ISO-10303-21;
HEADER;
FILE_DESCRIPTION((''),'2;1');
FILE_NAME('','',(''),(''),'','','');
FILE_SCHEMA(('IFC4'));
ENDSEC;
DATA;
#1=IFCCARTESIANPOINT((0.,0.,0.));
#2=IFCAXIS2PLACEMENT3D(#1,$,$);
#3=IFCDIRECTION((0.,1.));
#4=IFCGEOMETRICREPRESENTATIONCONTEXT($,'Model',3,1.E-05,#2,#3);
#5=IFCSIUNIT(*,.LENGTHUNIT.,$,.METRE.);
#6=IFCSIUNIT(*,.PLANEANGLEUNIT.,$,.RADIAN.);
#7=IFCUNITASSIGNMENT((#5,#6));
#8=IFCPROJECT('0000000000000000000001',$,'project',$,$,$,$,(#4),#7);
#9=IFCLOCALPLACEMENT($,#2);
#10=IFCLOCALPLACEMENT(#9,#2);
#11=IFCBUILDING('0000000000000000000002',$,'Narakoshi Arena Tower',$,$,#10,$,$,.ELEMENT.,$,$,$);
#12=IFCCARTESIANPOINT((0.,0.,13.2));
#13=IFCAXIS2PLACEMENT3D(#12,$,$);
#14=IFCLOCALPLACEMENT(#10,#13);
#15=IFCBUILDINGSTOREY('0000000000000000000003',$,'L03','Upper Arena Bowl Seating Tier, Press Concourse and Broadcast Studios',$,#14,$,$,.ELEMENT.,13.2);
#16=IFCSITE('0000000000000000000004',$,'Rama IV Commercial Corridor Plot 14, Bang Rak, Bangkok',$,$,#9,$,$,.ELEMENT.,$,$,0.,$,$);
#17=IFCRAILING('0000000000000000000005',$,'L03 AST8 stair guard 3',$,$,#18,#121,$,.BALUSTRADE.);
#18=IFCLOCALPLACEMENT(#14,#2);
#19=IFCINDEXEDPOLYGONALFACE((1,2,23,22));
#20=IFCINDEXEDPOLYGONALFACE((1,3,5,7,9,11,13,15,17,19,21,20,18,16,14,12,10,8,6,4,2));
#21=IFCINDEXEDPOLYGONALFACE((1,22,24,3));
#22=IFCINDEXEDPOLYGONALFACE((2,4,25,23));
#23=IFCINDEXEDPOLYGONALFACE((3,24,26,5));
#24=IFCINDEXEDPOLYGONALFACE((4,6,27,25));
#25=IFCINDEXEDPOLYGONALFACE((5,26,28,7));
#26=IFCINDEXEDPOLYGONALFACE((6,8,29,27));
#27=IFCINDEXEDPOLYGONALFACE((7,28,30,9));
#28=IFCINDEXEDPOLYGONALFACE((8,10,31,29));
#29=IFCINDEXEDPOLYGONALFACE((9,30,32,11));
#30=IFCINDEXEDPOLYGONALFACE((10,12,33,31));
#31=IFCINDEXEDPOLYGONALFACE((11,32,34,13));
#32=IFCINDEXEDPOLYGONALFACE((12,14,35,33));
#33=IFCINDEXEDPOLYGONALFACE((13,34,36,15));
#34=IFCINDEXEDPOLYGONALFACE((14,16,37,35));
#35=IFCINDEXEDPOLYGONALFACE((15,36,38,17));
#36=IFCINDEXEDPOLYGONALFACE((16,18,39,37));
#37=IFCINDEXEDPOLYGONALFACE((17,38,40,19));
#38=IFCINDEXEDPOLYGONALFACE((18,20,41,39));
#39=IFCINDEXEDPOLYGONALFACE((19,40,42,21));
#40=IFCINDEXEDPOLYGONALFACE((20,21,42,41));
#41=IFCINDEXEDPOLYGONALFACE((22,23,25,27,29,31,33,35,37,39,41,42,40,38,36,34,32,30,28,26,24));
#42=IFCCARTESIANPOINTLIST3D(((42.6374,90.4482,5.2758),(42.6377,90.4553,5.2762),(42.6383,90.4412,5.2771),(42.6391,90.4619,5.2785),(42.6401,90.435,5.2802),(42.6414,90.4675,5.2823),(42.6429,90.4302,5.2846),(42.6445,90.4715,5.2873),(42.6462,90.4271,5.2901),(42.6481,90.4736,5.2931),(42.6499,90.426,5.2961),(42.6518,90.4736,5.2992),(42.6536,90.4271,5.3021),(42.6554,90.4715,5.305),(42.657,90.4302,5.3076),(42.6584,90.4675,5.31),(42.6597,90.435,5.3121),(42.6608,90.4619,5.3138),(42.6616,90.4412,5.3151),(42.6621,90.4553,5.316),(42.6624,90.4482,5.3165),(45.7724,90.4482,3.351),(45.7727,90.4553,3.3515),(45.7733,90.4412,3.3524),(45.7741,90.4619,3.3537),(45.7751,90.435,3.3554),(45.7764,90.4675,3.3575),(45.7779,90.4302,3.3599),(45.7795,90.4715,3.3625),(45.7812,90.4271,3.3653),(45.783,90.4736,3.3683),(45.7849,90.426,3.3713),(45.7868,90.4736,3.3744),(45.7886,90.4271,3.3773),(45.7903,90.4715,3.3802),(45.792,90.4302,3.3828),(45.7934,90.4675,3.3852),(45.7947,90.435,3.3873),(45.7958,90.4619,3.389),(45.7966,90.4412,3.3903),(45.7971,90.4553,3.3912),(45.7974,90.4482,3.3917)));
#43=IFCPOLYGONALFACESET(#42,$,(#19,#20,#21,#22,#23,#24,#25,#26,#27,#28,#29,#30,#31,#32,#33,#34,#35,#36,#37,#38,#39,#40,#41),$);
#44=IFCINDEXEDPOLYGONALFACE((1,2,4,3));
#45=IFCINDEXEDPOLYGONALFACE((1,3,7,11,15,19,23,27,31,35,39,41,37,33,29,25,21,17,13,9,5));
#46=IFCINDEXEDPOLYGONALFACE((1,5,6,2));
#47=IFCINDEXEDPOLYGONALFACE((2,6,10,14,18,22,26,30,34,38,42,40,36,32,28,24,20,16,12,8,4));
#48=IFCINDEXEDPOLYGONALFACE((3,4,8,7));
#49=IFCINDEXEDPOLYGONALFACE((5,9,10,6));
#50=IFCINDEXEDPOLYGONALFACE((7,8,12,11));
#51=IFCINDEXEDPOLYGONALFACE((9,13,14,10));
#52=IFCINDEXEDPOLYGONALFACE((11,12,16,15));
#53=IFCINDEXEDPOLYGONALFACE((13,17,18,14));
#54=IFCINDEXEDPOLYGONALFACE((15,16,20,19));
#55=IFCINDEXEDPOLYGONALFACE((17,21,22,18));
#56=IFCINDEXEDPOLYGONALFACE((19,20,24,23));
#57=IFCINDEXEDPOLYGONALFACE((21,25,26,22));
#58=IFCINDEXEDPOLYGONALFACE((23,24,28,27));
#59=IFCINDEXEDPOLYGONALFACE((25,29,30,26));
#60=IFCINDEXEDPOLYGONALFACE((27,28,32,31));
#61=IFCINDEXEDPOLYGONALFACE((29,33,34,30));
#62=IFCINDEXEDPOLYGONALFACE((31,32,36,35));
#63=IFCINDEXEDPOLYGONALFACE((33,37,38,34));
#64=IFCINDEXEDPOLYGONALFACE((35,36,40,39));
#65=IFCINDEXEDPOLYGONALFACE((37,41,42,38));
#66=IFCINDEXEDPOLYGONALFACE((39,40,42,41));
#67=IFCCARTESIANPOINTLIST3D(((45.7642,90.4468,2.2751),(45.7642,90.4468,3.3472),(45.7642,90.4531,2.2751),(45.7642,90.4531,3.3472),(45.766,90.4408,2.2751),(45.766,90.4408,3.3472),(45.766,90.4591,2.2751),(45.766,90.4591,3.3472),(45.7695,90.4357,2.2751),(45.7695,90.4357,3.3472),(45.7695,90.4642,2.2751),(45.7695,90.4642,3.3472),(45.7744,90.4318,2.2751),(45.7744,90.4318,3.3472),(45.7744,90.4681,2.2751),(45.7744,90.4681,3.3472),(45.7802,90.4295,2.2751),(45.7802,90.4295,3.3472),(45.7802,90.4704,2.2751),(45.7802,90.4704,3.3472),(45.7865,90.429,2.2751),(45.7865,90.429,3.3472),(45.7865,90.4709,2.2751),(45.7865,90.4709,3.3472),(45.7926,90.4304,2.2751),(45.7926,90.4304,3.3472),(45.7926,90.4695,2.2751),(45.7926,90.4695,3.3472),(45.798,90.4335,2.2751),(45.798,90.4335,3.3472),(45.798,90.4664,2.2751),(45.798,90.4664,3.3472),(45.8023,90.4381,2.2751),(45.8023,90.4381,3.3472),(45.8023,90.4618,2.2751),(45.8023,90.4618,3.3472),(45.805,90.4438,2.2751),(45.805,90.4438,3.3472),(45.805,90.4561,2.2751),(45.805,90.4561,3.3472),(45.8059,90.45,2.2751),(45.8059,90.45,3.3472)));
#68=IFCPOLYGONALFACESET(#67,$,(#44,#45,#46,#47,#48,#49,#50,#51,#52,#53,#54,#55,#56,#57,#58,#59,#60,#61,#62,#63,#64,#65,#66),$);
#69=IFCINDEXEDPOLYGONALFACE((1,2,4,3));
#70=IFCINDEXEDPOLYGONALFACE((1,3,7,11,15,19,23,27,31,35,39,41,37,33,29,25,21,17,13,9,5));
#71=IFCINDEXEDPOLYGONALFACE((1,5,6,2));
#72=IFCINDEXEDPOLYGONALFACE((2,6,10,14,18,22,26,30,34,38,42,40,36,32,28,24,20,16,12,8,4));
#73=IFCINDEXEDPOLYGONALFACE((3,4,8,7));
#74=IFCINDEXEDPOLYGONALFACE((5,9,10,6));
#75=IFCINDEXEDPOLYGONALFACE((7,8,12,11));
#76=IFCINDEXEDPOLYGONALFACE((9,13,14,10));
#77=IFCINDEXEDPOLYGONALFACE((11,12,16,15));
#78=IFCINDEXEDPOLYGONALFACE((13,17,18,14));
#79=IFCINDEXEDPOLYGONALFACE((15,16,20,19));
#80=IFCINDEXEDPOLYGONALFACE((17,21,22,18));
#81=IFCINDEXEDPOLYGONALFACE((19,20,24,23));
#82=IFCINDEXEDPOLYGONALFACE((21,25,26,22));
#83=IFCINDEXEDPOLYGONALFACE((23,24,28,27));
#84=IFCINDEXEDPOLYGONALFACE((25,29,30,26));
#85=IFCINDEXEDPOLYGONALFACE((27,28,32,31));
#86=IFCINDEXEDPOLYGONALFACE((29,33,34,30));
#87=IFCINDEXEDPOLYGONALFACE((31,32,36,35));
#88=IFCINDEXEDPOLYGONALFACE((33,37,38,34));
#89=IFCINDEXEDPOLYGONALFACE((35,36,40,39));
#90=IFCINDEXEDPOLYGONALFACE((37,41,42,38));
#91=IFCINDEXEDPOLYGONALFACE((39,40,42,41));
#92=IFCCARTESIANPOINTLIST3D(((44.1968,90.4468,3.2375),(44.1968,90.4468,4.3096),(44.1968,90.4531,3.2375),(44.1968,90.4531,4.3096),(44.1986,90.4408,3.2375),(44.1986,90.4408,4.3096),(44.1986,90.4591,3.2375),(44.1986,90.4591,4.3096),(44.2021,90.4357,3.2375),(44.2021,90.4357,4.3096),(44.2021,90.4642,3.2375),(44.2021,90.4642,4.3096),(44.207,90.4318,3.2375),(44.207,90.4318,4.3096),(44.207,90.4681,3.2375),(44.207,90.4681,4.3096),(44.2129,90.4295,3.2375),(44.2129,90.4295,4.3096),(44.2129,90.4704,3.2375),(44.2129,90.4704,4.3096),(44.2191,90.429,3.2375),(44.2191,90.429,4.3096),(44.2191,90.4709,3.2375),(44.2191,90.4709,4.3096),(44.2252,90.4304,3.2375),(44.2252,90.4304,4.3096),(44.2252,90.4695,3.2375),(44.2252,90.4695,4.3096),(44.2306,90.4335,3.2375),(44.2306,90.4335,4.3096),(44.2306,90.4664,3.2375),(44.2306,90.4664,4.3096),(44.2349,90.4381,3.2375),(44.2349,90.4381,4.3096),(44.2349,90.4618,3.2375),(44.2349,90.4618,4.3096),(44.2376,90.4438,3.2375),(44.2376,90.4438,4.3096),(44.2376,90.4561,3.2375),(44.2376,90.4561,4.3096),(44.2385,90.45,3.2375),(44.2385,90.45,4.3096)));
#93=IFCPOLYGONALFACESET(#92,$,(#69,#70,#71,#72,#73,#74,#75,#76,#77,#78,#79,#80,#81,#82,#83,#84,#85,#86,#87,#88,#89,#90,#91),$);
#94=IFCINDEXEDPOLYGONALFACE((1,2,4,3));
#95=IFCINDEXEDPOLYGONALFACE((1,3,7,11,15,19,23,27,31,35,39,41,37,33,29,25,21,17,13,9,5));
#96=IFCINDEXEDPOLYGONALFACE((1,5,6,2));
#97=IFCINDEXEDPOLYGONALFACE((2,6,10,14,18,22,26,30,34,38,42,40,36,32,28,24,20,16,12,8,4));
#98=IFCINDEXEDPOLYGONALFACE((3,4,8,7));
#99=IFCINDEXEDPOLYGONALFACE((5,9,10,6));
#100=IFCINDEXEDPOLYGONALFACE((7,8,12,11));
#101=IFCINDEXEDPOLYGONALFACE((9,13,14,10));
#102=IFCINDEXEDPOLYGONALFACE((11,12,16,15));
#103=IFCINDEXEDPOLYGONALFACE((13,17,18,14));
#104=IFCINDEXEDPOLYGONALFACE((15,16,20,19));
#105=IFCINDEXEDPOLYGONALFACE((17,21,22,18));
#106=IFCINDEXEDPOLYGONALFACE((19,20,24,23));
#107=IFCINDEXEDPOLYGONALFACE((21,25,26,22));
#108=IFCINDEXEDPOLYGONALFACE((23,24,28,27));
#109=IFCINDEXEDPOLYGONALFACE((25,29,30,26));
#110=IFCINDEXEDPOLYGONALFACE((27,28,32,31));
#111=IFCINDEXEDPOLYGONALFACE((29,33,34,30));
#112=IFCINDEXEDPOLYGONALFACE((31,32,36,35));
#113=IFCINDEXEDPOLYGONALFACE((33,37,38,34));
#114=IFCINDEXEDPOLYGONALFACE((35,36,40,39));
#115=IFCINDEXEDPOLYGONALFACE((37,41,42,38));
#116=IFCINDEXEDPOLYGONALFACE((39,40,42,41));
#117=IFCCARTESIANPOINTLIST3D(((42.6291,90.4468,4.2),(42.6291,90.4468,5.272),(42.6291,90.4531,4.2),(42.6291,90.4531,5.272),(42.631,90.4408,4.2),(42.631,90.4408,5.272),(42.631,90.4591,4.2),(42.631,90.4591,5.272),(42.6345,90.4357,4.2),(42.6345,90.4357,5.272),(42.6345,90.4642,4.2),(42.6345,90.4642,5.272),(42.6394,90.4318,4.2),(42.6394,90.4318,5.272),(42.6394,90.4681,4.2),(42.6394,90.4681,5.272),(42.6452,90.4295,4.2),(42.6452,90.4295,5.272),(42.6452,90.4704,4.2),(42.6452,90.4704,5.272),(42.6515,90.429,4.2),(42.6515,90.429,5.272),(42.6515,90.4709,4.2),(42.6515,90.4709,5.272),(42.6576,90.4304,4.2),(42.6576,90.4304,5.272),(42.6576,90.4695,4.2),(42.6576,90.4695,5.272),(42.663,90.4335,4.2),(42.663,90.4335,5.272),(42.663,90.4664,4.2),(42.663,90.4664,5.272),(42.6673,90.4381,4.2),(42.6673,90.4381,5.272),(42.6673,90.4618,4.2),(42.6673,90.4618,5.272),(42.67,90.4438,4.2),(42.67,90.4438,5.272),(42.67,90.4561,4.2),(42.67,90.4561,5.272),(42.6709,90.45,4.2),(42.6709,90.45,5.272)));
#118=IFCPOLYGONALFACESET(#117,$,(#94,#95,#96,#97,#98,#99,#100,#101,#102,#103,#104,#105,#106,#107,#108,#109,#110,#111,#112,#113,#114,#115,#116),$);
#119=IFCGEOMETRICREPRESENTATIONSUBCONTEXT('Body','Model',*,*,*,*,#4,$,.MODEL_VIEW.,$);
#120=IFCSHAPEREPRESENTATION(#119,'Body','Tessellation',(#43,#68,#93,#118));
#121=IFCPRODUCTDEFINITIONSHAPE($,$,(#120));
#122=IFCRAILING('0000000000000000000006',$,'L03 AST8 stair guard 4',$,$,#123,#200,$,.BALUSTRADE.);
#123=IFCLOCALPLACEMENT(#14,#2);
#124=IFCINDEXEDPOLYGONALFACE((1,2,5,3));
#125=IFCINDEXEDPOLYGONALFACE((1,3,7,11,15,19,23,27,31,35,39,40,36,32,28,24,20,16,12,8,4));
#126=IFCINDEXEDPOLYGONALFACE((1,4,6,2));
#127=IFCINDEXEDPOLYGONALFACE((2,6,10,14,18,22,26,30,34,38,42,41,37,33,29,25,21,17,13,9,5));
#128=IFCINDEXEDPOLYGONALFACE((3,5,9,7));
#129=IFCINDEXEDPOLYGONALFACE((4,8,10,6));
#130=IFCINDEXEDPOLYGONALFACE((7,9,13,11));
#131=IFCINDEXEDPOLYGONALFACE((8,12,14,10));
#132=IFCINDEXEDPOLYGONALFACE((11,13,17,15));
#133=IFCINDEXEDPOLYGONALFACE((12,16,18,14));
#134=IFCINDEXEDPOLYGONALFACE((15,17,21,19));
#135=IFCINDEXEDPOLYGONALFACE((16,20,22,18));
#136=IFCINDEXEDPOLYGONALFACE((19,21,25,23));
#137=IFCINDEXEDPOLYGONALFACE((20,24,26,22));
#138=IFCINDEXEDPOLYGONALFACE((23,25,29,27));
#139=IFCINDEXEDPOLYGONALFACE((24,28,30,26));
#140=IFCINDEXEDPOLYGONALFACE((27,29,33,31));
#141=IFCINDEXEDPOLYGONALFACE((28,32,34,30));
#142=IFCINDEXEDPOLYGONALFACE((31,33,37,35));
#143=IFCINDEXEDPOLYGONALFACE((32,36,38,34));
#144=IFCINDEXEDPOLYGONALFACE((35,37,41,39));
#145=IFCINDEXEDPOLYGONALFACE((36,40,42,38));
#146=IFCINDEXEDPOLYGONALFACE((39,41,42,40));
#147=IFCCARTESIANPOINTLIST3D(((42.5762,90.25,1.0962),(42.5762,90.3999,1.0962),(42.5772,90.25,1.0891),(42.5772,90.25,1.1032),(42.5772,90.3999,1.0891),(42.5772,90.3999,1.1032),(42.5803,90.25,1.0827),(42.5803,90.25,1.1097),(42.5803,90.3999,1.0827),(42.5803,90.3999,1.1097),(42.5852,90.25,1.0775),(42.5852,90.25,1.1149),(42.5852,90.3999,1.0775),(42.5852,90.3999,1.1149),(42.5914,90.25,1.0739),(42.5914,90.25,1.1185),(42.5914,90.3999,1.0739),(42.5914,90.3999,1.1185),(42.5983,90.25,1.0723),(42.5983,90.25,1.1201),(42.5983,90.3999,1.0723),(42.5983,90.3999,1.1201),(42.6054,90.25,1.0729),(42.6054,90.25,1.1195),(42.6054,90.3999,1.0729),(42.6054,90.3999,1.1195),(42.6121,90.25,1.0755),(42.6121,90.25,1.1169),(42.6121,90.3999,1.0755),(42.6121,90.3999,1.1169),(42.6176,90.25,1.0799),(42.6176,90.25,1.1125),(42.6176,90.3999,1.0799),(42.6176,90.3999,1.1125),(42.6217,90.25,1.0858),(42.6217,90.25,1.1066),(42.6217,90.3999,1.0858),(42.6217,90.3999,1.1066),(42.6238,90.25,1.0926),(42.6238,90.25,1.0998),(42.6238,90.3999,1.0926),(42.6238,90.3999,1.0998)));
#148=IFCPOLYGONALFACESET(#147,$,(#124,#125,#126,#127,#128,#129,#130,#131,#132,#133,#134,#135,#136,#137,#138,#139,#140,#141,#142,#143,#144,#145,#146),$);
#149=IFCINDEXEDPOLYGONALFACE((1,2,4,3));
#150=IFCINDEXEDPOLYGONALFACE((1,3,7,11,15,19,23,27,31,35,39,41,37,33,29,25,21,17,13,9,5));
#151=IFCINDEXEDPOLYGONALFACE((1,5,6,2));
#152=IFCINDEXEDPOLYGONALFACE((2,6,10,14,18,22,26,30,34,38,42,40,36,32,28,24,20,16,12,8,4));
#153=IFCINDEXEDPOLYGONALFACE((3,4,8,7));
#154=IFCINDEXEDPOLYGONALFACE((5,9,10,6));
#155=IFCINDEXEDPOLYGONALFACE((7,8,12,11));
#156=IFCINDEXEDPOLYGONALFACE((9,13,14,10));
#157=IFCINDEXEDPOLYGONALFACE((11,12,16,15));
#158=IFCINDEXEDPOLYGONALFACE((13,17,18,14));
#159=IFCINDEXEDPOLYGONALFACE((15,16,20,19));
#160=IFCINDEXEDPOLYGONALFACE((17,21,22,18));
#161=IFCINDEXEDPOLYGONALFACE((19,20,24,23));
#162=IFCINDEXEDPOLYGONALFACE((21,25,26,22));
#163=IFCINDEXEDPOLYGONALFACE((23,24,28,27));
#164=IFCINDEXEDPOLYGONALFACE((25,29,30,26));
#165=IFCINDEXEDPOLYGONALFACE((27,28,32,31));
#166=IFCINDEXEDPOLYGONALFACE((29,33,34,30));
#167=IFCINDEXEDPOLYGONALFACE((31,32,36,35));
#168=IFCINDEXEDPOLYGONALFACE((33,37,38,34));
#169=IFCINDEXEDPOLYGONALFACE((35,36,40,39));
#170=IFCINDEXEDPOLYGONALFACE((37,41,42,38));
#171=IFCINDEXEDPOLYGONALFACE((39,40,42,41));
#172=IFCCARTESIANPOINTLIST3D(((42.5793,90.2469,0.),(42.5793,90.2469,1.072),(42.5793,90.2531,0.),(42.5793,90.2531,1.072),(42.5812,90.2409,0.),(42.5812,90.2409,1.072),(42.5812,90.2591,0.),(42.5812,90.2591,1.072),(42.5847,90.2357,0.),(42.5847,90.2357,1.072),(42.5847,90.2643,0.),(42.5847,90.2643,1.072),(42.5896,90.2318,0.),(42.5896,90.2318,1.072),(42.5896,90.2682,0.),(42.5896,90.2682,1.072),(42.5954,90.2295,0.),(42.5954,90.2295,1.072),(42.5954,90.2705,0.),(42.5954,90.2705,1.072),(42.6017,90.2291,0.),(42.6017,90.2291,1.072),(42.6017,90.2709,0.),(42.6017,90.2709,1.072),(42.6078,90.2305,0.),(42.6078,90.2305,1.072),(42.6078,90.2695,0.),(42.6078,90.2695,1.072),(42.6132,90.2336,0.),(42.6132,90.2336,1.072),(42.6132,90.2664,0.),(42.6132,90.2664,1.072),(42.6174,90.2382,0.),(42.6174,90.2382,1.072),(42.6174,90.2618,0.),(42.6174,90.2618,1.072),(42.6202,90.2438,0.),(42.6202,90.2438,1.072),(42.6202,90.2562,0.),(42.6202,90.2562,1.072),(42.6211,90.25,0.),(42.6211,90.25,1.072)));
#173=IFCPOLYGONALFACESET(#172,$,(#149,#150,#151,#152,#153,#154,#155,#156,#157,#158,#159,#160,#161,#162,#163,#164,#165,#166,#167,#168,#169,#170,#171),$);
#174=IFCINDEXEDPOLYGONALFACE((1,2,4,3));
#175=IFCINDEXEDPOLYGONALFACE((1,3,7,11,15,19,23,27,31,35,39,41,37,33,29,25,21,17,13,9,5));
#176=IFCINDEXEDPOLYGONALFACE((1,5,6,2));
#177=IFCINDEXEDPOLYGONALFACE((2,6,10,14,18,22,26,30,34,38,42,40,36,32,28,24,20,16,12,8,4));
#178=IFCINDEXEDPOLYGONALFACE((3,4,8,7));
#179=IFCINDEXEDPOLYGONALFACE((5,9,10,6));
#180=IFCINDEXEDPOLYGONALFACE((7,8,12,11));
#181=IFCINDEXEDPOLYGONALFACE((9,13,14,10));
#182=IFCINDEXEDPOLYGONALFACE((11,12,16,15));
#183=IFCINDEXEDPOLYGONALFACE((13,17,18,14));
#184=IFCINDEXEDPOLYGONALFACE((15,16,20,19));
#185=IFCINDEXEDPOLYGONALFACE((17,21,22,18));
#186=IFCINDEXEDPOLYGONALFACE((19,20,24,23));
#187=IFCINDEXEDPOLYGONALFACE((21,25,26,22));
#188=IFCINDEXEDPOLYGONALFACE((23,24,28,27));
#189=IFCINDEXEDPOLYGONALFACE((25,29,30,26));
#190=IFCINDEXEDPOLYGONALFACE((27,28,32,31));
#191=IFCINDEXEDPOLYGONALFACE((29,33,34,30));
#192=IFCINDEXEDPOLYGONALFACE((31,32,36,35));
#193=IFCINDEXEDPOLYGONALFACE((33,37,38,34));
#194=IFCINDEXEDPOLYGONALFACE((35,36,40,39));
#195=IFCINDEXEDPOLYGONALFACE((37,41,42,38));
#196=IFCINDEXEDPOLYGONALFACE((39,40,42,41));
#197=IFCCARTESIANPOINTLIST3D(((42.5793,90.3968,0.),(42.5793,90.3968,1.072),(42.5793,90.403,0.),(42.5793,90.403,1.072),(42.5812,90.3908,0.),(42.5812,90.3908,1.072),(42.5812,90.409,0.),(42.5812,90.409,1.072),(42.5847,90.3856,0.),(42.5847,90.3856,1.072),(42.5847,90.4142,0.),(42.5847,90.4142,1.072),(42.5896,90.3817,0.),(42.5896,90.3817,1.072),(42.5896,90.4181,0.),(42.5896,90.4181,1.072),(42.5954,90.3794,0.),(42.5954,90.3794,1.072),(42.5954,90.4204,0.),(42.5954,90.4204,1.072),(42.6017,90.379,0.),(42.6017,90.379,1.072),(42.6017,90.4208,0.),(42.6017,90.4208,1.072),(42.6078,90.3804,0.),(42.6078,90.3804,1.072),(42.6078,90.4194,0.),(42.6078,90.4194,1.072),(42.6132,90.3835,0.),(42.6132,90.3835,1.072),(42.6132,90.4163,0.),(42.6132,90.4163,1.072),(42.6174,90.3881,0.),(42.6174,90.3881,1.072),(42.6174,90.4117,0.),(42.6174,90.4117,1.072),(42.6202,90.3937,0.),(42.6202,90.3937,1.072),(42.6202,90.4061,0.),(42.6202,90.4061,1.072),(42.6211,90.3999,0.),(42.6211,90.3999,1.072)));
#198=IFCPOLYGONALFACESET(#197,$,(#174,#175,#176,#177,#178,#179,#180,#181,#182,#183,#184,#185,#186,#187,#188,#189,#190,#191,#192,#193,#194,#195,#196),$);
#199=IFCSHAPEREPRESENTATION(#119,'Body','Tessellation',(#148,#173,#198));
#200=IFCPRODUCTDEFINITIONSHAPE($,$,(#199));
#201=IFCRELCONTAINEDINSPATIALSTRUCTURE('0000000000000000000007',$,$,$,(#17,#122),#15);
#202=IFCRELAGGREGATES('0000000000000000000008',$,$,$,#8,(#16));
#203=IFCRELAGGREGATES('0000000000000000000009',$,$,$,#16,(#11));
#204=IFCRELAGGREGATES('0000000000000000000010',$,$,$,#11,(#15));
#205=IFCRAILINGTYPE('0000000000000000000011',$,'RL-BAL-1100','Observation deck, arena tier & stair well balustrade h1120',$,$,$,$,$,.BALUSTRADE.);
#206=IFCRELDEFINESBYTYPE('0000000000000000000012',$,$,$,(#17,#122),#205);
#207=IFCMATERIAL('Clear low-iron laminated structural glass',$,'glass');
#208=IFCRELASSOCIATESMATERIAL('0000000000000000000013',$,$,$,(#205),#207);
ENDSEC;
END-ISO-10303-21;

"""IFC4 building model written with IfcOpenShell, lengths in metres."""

from ifc_helpers import new_model, si_unit, direction, frame, origin, origin_2d, place, context, subcontext, project, spatial, circle, extrude, material, type_object, element, save


model = new_model("IFC4")

# Units and contexts
model_context = context("Model", 3, precision=1e-05, world=origin(), true_north=direction((0.0, 1.0)))
body_context = subcontext(model_context, "Body", "Model", "MODEL_VIEW")
ifc_project = project(units=[si_unit("LENGTHUNIT", "METRE"), si_unit("PLANEANGLEUNIT", "RADIAN")], contexts=[model_context])

# Site, building, storey
site_placement = place(None, origin())
site = spatial("IfcSite", under=ifc_project, at=site_placement, Name="Rama IV Commercial Corridor Plot 14, Bang Rak, Bangkok", CompositionType="ELEMENT", RefElevation=0.0)
building_placement = place(site_placement, origin())
building = spatial("IfcBuilding", under=site, at=building_placement, Name="Narakoshi Arena Tower", CompositionType="ELEMENT")
storey_placement = place(building_placement, frame((0.0, 0.0, 13.2)))
storey = spatial("IfcBuildingStorey", under=building, at=storey_placement, Name="L03", Description="Upper Arena Bowl Seating Tier, Press Concourse and Broadcast Studios", CompositionType="ELEMENT", Elevation=13.2)

# Railings
ifc_material_1 = material(Name="Clear low-iron laminated structural glass", Category="glass")
railing_type_1 = type_object("IfcRailingType", Name="RL-BAL-1100", Description="Observation deck, arena tier & stair well balustrade h1120", PredefinedType="BALUSTRADE", material=ifc_material_1)
railing_1_placement = place(storey_placement, frame((45.7849, 90.45, 2.2751)))
element("IfcRailing", 1, at=railing_1_placement, inside=storey, type_object=railing_type_1, Name="L03 AST8 stair guard 3", PredefinedType="BALUSTRADE", context=body_context, shape_type="SweptSolid", body=[
    extrude(circle(Radius=0.0239, at=origin_2d()), frame((0.0, 0.0, 1.0962), z_axis=(-0.852196, 0.0, 0.523223), x_axis=(0.0, -1.0, 0.0)), (0.0, 0.0, 1.0), 3.6787),
    extrude(circle(Radius=0.021, at=origin_2d()), origin(), (0.0, 0.0, 1.0), 1.072),
    extrude(circle(Radius=0.021, at=origin_2d()), frame((-1.5674, 0.0, 0.9624)), (0.0, 0.0, 1.0), 1.072),
    extrude(circle(Radius=0.021, at=origin_2d()), frame((-3.135, 0.0, 1.9248)), (0.0, 0.0, 1.0), 1.072),
])
railing_2_placement = place(storey_placement, frame((42.6001, 90.25, 0.0)))
element("IfcRailing", 2, at=railing_2_placement, inside=storey, type_object=railing_type_1, Name="L03 AST8 stair guard 4", PredefinedType="BALUSTRADE", context=body_context, shape_type="SweptSolid", body=[
    extrude(circle(Radius=0.0239, at=origin_2d()), frame((0.0, 0.0, 1.0962), z_axis=(0.0, 1.0, 0.0), x_axis=(-1.0, 0.0, 0.0)), (0.0, 0.0, 1.0), 0.1499),
    extrude(circle(Radius=0.021, at=origin_2d()), origin(), (0.0, 0.0, 1.0), 1.072),
    extrude(circle(Radius=0.021, at=origin_2d()), frame((0.0, 0.1499, 0.0)), (0.0, 0.0, 1.0), 1.072),
])

save(model, "model.ifc")
